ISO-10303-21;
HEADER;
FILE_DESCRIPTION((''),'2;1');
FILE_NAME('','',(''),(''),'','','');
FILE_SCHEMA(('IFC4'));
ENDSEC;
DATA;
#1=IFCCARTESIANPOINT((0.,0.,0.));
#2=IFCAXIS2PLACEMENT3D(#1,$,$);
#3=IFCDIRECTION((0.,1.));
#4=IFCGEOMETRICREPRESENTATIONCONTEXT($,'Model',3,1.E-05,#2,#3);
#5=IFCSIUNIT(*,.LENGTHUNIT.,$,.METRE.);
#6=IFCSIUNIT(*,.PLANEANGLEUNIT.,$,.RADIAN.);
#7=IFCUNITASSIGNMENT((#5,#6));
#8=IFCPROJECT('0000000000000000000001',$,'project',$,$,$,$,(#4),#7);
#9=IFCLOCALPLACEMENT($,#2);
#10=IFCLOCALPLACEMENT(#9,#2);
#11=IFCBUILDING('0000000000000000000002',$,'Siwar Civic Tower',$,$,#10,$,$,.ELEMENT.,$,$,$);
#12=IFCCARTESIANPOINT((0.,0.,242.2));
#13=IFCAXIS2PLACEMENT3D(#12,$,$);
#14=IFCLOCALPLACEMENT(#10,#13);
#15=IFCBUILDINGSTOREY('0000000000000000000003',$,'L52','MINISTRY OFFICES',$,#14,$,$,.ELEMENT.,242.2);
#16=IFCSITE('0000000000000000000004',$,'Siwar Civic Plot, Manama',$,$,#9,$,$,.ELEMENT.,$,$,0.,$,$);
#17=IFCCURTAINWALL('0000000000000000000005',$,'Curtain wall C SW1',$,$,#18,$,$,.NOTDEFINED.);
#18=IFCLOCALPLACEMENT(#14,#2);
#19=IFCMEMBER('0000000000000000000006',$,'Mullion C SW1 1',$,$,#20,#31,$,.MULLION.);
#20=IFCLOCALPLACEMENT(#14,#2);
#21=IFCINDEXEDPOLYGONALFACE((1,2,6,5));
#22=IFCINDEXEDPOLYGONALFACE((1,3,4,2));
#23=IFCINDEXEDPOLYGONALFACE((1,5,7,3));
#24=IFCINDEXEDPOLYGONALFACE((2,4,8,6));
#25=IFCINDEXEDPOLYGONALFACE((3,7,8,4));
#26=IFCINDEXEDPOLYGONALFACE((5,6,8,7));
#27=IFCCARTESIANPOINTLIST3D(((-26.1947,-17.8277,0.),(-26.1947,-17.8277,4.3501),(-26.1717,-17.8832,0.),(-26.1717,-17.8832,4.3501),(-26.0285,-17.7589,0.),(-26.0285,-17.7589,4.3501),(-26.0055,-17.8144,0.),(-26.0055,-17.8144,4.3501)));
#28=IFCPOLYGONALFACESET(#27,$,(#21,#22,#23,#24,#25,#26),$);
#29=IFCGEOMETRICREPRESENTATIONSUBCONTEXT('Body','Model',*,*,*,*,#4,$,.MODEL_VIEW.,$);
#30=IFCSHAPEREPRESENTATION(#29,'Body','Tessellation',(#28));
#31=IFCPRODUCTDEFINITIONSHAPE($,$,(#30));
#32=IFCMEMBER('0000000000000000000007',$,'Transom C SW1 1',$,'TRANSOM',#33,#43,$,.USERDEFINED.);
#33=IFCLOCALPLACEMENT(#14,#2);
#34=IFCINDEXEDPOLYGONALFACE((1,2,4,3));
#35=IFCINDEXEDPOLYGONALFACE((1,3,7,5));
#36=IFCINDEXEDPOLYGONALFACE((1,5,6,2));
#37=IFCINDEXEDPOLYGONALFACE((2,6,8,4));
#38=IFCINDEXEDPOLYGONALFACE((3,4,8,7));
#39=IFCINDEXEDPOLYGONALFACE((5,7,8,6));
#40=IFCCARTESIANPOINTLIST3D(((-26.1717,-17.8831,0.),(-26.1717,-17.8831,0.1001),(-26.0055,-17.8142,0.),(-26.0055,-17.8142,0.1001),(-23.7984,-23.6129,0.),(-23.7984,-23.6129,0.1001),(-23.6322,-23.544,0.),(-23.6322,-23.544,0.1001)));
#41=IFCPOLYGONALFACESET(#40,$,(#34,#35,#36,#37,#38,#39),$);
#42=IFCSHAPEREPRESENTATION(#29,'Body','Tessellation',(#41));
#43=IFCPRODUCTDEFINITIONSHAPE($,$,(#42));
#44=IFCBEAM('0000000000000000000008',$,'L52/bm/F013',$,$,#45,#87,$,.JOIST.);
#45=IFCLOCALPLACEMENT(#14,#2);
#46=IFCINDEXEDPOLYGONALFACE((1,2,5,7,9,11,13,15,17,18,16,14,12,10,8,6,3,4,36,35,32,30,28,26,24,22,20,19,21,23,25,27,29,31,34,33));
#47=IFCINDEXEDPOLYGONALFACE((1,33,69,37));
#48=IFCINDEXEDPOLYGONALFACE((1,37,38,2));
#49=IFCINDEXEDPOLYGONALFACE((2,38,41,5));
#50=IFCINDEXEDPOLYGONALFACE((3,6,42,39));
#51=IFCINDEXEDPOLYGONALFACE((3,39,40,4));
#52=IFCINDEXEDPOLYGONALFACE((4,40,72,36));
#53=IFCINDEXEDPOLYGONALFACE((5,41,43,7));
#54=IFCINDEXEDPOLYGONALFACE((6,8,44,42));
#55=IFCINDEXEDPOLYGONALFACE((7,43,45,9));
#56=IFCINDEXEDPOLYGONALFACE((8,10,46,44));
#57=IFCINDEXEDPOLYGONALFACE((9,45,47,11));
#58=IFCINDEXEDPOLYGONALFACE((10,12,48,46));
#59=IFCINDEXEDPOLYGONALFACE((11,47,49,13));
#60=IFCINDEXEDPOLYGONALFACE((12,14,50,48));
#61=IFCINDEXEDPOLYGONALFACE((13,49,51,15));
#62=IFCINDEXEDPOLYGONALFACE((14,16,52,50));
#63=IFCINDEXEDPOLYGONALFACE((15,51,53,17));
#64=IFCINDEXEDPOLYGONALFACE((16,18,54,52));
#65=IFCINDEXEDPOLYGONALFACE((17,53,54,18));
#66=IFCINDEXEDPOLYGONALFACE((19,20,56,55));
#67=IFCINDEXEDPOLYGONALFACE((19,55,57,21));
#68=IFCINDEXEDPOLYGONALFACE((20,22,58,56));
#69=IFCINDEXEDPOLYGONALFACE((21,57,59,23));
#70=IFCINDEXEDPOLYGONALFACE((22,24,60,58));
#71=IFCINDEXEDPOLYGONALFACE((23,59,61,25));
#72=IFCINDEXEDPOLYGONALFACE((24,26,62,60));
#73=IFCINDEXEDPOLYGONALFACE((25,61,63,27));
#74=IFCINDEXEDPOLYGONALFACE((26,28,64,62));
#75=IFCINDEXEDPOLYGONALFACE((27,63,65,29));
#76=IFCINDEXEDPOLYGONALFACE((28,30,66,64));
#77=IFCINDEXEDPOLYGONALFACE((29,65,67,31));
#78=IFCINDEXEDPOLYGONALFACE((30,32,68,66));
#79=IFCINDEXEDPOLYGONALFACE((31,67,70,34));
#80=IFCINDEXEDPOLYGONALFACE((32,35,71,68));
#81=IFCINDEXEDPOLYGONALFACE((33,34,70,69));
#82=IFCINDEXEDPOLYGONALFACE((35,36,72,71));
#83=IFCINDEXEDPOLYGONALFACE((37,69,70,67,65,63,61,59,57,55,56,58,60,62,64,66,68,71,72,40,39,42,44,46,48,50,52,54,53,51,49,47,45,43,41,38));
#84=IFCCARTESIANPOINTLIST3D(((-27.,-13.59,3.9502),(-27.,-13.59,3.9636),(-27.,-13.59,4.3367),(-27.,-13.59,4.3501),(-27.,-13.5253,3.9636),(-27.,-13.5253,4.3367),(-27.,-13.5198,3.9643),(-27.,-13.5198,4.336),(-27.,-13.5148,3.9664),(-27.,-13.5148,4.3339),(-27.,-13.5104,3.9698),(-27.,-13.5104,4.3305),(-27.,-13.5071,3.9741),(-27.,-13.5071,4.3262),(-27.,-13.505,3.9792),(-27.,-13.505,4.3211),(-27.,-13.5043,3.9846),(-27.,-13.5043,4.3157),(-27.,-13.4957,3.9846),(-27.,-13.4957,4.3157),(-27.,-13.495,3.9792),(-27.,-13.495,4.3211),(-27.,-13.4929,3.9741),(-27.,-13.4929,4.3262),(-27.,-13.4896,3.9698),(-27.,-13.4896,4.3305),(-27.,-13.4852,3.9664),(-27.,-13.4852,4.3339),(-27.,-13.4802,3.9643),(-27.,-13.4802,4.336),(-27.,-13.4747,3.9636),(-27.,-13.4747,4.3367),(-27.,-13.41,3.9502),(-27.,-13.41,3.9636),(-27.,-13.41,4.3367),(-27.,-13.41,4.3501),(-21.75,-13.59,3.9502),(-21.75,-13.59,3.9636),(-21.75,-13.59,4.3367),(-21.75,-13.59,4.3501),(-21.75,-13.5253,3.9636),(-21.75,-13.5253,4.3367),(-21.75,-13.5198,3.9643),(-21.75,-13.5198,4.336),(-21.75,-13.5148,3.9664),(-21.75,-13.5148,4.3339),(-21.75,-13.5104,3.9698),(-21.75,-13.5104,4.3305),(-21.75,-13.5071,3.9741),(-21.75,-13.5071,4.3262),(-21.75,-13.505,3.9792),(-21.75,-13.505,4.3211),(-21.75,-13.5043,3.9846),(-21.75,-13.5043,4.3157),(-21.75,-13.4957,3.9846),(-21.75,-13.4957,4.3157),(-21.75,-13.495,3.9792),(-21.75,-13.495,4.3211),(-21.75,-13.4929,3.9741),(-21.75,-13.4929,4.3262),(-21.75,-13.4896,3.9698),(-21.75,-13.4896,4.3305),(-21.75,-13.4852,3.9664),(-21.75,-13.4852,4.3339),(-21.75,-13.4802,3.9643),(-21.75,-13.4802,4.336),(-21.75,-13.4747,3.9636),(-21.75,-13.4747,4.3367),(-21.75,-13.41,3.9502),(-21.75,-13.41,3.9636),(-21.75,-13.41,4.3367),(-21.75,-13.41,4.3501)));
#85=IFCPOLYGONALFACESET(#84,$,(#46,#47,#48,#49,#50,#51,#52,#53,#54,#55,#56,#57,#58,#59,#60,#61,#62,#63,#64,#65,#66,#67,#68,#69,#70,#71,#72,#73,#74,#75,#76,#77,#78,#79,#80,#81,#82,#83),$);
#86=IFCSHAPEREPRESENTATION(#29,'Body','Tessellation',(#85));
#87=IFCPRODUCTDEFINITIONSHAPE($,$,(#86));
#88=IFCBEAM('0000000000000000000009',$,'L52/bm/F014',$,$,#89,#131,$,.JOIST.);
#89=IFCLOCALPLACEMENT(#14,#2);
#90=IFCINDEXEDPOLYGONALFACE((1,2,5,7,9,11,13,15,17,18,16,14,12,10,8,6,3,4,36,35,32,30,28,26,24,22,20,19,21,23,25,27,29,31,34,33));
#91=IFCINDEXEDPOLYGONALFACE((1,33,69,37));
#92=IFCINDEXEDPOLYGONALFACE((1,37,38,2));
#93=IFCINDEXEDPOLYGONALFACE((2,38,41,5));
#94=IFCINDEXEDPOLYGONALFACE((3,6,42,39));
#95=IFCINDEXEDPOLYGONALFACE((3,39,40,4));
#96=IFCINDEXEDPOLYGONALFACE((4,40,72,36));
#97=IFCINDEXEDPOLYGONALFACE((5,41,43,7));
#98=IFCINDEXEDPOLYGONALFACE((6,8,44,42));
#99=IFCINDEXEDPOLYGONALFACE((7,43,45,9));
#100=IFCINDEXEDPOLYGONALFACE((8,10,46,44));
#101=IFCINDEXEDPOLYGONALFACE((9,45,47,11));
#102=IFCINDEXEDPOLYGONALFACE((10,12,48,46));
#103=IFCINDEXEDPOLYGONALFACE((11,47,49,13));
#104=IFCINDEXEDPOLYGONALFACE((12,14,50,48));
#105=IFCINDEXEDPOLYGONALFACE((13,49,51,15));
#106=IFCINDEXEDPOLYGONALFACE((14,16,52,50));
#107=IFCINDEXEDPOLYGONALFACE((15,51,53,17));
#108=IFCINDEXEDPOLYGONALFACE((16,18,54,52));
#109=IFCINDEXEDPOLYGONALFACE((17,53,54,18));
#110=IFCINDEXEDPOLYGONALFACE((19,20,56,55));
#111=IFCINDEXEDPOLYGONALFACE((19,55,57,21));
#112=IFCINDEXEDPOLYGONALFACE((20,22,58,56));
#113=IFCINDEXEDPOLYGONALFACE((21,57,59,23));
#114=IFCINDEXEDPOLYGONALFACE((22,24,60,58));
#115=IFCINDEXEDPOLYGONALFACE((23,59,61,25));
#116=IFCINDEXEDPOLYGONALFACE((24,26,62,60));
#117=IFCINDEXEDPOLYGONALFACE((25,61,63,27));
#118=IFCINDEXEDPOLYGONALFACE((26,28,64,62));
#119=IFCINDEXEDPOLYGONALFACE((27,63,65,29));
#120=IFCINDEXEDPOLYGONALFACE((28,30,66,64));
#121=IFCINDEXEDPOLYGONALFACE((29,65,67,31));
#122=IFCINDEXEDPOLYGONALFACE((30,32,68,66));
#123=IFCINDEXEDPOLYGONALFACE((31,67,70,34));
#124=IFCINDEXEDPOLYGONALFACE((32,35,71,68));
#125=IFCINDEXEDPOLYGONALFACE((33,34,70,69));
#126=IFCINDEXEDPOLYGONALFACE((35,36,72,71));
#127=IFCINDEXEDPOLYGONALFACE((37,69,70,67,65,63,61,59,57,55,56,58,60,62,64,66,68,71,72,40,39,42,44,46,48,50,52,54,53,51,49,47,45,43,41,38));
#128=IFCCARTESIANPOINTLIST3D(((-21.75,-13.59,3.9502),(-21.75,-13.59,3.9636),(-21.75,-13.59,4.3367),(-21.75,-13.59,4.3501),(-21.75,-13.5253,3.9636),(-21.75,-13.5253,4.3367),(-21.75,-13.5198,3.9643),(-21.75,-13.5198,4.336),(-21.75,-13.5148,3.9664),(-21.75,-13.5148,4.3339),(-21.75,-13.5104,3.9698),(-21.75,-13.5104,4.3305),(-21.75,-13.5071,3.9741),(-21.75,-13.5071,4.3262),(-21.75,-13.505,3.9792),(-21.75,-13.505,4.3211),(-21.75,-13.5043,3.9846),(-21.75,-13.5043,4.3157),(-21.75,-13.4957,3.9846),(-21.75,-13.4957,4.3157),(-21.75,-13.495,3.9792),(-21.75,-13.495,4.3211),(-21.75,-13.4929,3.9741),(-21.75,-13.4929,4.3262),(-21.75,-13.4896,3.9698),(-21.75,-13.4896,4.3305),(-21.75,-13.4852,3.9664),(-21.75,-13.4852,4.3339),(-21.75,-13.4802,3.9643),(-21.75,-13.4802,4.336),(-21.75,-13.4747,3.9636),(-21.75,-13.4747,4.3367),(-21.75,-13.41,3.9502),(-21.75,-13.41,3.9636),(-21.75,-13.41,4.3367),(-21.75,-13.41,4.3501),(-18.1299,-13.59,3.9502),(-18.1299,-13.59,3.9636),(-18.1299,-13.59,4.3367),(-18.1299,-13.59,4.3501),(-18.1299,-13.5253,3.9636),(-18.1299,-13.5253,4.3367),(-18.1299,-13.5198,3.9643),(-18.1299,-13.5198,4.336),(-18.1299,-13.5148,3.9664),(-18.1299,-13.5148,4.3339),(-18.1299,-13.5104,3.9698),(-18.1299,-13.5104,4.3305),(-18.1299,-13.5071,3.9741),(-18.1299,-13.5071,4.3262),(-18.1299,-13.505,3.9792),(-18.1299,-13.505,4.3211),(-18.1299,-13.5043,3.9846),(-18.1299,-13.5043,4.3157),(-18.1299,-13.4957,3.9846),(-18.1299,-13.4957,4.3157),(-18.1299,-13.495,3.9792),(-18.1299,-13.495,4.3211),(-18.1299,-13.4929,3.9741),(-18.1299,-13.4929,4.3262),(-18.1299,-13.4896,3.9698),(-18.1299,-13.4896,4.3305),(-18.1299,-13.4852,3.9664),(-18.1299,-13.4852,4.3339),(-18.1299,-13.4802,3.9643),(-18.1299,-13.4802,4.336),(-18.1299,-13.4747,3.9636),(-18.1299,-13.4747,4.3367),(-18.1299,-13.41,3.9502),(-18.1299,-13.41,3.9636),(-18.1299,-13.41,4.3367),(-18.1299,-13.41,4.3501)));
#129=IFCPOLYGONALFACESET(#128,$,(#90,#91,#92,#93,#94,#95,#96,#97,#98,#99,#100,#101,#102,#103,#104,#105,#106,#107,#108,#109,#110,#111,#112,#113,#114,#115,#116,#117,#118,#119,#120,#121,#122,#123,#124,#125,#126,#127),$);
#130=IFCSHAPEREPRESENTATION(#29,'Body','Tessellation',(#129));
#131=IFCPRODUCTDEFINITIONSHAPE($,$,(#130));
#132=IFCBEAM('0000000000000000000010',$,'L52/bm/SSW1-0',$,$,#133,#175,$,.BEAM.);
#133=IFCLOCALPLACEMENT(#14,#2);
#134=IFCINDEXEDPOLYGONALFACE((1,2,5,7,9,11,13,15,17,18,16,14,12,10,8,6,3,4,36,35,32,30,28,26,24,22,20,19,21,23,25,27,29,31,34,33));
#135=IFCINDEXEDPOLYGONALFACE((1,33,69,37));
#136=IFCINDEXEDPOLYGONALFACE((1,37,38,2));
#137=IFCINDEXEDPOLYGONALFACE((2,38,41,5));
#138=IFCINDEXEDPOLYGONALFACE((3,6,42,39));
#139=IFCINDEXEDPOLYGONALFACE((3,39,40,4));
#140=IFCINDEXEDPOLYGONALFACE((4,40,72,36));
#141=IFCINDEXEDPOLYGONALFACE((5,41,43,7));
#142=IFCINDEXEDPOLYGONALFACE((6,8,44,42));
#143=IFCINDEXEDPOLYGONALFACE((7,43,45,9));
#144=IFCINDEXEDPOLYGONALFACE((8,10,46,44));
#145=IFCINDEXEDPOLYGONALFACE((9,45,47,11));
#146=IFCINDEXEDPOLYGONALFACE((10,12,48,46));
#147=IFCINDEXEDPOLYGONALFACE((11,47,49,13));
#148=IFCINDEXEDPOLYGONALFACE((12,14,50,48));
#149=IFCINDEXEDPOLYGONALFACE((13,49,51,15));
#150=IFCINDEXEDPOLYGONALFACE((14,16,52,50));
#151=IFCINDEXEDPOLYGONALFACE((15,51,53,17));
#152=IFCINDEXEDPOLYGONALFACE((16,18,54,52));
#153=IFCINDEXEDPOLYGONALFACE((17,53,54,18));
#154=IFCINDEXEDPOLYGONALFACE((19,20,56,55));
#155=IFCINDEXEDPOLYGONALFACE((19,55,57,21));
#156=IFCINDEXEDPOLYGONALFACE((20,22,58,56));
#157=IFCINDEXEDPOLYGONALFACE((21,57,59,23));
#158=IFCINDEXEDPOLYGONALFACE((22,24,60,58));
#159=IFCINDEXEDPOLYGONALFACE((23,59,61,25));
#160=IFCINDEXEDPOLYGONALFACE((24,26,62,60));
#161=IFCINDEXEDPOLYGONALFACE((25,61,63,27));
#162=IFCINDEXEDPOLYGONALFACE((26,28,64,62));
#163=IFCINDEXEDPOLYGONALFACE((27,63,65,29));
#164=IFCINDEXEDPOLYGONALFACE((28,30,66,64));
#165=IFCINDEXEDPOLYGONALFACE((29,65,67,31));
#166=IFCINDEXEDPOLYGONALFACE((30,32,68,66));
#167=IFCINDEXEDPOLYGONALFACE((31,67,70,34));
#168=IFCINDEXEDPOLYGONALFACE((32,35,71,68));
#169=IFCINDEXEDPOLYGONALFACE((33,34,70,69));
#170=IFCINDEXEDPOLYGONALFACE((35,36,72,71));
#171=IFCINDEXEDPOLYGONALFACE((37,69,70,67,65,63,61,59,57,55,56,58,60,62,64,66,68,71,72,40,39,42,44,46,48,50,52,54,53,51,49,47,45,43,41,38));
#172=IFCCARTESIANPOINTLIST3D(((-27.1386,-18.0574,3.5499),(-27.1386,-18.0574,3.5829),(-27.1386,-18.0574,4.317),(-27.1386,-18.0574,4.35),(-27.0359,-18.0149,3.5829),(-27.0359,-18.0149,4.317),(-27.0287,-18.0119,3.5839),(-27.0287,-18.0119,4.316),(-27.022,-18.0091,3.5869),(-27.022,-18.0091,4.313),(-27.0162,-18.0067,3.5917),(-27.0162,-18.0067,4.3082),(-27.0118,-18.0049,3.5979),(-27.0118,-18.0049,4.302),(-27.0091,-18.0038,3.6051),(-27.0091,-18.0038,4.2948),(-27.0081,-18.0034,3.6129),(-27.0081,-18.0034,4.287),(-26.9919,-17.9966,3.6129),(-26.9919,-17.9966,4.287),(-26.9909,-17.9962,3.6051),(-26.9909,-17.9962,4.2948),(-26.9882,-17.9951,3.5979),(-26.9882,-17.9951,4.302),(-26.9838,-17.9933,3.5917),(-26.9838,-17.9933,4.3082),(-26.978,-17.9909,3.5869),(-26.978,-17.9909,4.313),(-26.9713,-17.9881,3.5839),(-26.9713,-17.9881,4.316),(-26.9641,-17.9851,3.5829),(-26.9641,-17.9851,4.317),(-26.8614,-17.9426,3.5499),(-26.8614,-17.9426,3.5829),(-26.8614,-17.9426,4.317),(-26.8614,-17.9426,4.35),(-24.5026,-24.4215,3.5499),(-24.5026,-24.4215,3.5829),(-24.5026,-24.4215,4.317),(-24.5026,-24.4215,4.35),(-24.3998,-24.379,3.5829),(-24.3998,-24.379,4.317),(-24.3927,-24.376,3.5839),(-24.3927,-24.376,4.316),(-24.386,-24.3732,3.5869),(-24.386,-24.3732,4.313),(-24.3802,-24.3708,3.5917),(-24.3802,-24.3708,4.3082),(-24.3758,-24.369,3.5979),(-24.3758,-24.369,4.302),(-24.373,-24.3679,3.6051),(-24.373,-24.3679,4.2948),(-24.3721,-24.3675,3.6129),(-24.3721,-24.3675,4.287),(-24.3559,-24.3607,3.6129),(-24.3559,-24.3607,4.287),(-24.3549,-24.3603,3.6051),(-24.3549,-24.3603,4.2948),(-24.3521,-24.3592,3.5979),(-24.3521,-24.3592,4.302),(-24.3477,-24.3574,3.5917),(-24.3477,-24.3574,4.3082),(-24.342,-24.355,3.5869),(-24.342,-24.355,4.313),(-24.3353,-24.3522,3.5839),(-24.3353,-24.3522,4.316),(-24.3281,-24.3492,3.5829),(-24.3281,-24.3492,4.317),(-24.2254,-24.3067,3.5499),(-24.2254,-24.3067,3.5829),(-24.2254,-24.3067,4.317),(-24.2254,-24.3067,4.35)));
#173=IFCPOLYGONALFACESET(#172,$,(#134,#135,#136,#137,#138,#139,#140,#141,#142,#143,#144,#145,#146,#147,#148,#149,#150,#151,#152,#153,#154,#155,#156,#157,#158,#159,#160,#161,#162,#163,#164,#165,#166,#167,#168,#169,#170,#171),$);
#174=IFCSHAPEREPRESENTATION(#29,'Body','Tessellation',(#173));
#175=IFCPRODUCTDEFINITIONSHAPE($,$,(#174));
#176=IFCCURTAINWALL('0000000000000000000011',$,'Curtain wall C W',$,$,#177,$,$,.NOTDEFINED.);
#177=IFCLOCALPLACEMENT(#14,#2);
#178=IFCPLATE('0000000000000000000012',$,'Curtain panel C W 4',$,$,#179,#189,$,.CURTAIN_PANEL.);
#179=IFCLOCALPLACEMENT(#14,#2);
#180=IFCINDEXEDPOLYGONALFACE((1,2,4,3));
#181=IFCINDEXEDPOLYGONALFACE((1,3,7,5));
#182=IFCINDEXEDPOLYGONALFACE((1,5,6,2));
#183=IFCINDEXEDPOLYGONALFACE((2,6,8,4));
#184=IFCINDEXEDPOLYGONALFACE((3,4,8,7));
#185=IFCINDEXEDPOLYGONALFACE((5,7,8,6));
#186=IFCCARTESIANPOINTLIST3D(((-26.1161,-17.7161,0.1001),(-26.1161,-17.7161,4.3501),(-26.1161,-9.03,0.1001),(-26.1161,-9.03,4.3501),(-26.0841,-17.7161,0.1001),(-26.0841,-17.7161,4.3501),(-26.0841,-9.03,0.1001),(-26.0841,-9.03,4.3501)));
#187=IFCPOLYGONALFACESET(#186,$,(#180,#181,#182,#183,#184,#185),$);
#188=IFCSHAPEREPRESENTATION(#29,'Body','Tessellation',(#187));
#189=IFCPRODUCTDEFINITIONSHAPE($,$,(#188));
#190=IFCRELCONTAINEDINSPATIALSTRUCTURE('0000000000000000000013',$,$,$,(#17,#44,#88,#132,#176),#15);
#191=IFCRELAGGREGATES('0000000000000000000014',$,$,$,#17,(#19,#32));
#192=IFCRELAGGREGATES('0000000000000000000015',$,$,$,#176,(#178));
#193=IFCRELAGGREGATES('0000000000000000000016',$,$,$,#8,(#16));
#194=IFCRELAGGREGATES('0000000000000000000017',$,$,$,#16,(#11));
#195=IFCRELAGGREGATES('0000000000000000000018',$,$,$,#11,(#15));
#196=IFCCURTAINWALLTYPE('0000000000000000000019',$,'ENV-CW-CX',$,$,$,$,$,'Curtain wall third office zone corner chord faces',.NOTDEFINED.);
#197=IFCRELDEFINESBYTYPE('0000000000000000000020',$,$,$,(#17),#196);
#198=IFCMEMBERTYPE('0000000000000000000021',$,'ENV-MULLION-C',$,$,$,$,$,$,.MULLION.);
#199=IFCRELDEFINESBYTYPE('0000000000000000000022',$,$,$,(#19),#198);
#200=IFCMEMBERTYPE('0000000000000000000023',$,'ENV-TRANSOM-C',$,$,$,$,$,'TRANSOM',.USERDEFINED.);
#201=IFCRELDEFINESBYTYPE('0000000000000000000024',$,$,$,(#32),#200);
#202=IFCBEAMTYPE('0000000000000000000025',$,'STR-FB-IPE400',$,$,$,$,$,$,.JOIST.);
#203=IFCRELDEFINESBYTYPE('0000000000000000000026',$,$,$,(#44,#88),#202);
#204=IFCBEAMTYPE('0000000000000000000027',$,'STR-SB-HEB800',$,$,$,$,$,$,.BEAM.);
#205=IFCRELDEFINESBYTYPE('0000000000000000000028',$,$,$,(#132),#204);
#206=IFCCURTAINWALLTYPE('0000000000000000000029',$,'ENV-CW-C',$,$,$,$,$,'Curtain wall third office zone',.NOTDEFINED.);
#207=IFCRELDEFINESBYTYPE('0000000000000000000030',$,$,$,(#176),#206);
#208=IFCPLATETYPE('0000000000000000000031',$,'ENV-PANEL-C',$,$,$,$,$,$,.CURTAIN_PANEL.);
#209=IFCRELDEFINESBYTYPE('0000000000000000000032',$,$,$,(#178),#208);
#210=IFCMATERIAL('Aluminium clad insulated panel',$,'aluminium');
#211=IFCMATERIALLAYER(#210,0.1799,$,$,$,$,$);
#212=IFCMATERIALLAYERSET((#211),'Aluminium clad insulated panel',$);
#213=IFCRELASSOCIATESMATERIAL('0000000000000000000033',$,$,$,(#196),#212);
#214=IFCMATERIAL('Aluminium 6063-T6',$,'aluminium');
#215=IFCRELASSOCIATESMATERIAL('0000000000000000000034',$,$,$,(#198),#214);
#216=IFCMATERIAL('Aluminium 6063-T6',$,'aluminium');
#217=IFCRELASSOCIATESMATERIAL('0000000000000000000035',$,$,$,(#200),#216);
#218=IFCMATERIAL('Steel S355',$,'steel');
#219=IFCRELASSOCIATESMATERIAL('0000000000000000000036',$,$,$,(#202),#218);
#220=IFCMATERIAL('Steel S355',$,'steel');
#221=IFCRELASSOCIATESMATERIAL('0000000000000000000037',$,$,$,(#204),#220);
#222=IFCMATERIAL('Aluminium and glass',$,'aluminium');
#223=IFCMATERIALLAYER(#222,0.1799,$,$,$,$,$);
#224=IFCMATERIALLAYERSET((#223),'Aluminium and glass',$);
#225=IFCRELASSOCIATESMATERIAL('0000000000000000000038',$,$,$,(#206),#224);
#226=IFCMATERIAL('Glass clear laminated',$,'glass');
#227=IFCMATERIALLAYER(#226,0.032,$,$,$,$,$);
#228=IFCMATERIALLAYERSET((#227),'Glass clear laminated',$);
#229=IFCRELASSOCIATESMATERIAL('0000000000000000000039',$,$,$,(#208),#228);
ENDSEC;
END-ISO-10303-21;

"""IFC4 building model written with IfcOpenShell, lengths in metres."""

from ifc_helpers import new_model, si_unit, direction, frame, origin, origin_2d, place, context, subcontext, project, spatial, rectangle, i_section, extrude, material, layer, layer_set, material_profile, profile_set, type_object, element, aggregate, save


model = new_model("IFC4")

# Units and contexts
model_context = context("Model", 3, precision=1e-05, world=origin(), true_north=direction((0.0, 1.0)))
body_context = subcontext(model_context, "Body", "Model", "MODEL_VIEW")
ifc_project = project(units=[si_unit("LENGTHUNIT", "METRE"), si_unit("PLANEANGLEUNIT", "RADIAN")], contexts=[model_context])

# Site, building, storey
site_placement = place(None, origin())
site = spatial("IfcSite", under=ifc_project, at=site_placement, Name="Siwar Civic Plot, Manama", CompositionType="ELEMENT", RefElevation=0.0)
building_placement = place(site_placement, origin())
building = spatial("IfcBuilding", under=site, at=building_placement, Name="Siwar Civic Tower", CompositionType="ELEMENT")
storey_placement = place(building_placement, frame((0.0, 0.0, 242.2)))
storey = spatial("IfcBuildingStorey", under=building, at=storey_placement, Name="L52", Description="MINISTRY OFFICES", CompositionType="ELEMENT", Elevation=242.2)

# Curtain wall, members
ifc_material_1 = material(Name="Aluminium clad insulated panel", Category="aluminium")
ifc_layer_1 = layer(ifc_material_1, 0.1799)
ifc_layer_set_1 = layer_set([ifc_layer_1], Name="Aluminium clad insulated panel")
curtain_wall_type_1 = type_object("IfcCurtainWallType", Name="ENV-CW-CX", ElementType="Curtain wall third office zone corner chord faces", PredefinedType="NOTDEFINED", material=ifc_layer_set_1)
curtain_wall_1_placement = place(storey_placement, origin())
curtain_wall_1 = element("IfcCurtainWall", 1, at=curtain_wall_1_placement, inside=storey, type_object=curtain_wall_type_1, Name="Curtain wall C SW1", PredefinedType="NOTDEFINED")
ifc_material_2 = material(Name="Aluminium 6063-T6", Category="aluminium")
ifc_material_profile_1 = material_profile(ifc_material_2, rectangle(XDim=0.1799, YDim=0.0601, at=origin_2d()), Name="AL 180x60")
ifc_profile_set_1 = profile_set([ifc_material_profile_1], Name="Aluminium 6063-T6")
member_type_1 = type_object("IfcMemberType", Name="ENV-MULLION-C", PredefinedType="MULLION", material=ifc_profile_set_1)
member_1_placement = place(storey_placement, frame((-26.1001, -17.821, 0.0), z_axis=(0.0, 0.0, 1.0), x_axis=(0.92388, 0.382683, 0.0)))
member_1 = element("IfcMember", 2, at=member_1_placement, type_object=member_type_1, Name="Mullion C SW1 1", PredefinedType="MULLION", context=body_context, shape_type="SweptSolid", body=[
    extrude(rectangle(XDim=0.1799, YDim=0.0601, at=origin_2d()), origin(), (0.0, 0.0, 1.0), 4.3501),
])
ifc_material_3 = material(Name="Aluminium 6063-T6", Category="aluminium")
ifc_material_profile_2 = material_profile(ifc_material_3, rectangle(XDim=0.1799, YDim=0.1001, at=origin_2d()), Name="AL 180x100")
ifc_profile_set_2 = profile_set([ifc_material_profile_2], Name="Aluminium 6063-T6")
member_type_2 = type_object("IfcMemberType", Name="ENV-TRANSOM-C", ElementType="TRANSOM", PredefinedType="USERDEFINED", material=ifc_profile_set_2)
member_2_placement = place(storey_placement, frame((-26.0886, -17.8486, 0.05), z_axis=(0.382677, -0.923882, 0.0), x_axis=(0.923882, 0.382677, 0.0)))
member_2 = element("IfcMember", 3, at=member_2_placement, type_object=member_type_2, Name="Transom C SW1 1", ObjectType="TRANSOM", PredefinedType="USERDEFINED", context=body_context, shape_type="SweptSolid", body=[
    extrude(rectangle(XDim=0.1799, YDim=0.1001, at=origin_2d()), origin(), (0.0, 0.0, 1.0), 6.2019),
])
aggregate(curtain_wall_1, [member_1, member_2])

# Beams
ifc_material_4 = material(Name="Steel S355", Category="steel")
ifc_material_profile_3 = material_profile(ifc_material_4, i_section(OverallWidth=0.1799, OverallDepth=0.3999, WebThickness=0.0085, FlangeThickness=0.0134, FilletRadius=0.021, at=origin_2d()), Name="IPE400")
ifc_profile_set_3 = profile_set([ifc_material_profile_3], Name="Steel S355")
beam_type_1 = type_object("IfcBeamType", Name="STR-FB-IPE400", PredefinedType="JOIST", material=ifc_profile_set_3)
beam_1_placement = place(storey_placement, frame((-27.0, -13.5, 4.1501), z_axis=(1.0, 0.0, 0.0), x_axis=(0.0, 1.0, 0.0)))
element("IfcBeam", 4, at=beam_1_placement, inside=storey, type_object=beam_type_1, Name="L52/bm/F013", PredefinedType="JOIST", context=body_context, shape_type="SweptSolid", body=[
    extrude(i_section(OverallWidth=0.1799, OverallDepth=0.3999, WebThickness=0.0085, FlangeThickness=0.0134, FilletRadius=0.021, at=origin_2d()), origin(), (0.0, 0.0, 1.0), 5.25),
])
beam_2_placement = place(storey_placement, frame((-21.75, -13.5, 4.1501), z_axis=(1.0, 0.0, 0.0), x_axis=(0.0, 1.0, 0.0)))
element("IfcBeam", 5, at=beam_2_placement, inside=storey, type_object=beam_type_1, Name="L52/bm/F014", PredefinedType="JOIST", context=body_context, shape_type="SweptSolid", body=[
    extrude(i_section(OverallWidth=0.1799, OverallDepth=0.3999, WebThickness=0.0085, FlangeThickness=0.0134, FilletRadius=0.021, at=origin_2d()), origin(), (0.0, 0.0, 1.0), 3.6201),
])
ifc_material_5 = material(Name="Steel S355", Category="steel")
ifc_material_profile_4 = material_profile(ifc_material_5, i_section(OverallWidth=0.3, OverallDepth=0.8, WebThickness=0.0176, FlangeThickness=0.033, FilletRadius=0.03, at=origin_2d()), Name="HEB800")
ifc_profile_set_4 = profile_set([ifc_material_profile_4], Name="Steel S355")
beam_type_2 = type_object("IfcBeamType", Name="STR-SB-HEB800", PredefinedType="BEAM", material=ifc_profile_set_4)
beam_3_placement = place(storey_placement, frame((-27.0, -18.0, 3.95), z_axis=(0.382674, -0.923883, 0.0), x_axis=(0.923883, 0.382674, 0.0)))
element("IfcBeam", 6, at=beam_3_placement, inside=storey, type_object=beam_type_2, Name="L52/bm/SSW1-0", PredefinedType="BEAM", context=body_context, shape_type="SweptSolid", body=[
    extrude(i_section(OverallWidth=0.3, OverallDepth=0.8, WebThickness=0.0176, FlangeThickness=0.033, FilletRadius=0.03, at=origin_2d()), origin(), (0.0, 0.0, 1.0), 6.8884),
])

# Curtain wall, plate
ifc_material_6 = material(Name="Aluminium and glass", Category="aluminium")
ifc_layer_2 = layer(ifc_material_6, 0.1799)
ifc_layer_set_2 = layer_set([ifc_layer_2], Name="Aluminium and glass")
curtain_wall_type_2 = type_object("IfcCurtainWallType", Name="ENV-CW-C", ElementType="Curtain wall third office zone", PredefinedType="NOTDEFINED", material=ifc_layer_set_2)
curtain_wall_2_placement = place(storey_placement, origin())
curtain_wall_2 = element("IfcCurtainWall", 7, at=curtain_wall_2_placement, inside=storey, type_object=curtain_wall_type_2, Name="Curtain wall C W", PredefinedType="NOTDEFINED")
ifc_material_7 = material(Name="Glass clear laminated", Category="glass")
ifc_layer_3 = layer(ifc_material_7, 0.032)
ifc_layer_set_3 = layer_set([ifc_layer_3], Name="Glass clear laminated")
plate_type = type_object("IfcPlateType", Name="ENV-PANEL-C", PredefinedType="CURTAIN_PANEL", material=ifc_layer_set_3)
plate_placement = place(storey_placement, frame((-26.1001, -13.373, 0.1001), z_axis=(0.0, 0.0, 1.0), x_axis=(0.0, -1.0, 0.0)))
plate = element("IfcPlate", 8, at=plate_placement, type_object=plate_type, Name="Curtain panel C W 4", PredefinedType="CURTAIN_PANEL", context=body_context, shape_type="SweptSolid", body=[
    extrude(rectangle(XDim=8.686, YDim=0.032, at=origin_2d()), origin(), (0.0, 0.0, 1.0), 4.25),
])
aggregate(curtain_wall_2, [plate])

save(model, "model.ifc")
